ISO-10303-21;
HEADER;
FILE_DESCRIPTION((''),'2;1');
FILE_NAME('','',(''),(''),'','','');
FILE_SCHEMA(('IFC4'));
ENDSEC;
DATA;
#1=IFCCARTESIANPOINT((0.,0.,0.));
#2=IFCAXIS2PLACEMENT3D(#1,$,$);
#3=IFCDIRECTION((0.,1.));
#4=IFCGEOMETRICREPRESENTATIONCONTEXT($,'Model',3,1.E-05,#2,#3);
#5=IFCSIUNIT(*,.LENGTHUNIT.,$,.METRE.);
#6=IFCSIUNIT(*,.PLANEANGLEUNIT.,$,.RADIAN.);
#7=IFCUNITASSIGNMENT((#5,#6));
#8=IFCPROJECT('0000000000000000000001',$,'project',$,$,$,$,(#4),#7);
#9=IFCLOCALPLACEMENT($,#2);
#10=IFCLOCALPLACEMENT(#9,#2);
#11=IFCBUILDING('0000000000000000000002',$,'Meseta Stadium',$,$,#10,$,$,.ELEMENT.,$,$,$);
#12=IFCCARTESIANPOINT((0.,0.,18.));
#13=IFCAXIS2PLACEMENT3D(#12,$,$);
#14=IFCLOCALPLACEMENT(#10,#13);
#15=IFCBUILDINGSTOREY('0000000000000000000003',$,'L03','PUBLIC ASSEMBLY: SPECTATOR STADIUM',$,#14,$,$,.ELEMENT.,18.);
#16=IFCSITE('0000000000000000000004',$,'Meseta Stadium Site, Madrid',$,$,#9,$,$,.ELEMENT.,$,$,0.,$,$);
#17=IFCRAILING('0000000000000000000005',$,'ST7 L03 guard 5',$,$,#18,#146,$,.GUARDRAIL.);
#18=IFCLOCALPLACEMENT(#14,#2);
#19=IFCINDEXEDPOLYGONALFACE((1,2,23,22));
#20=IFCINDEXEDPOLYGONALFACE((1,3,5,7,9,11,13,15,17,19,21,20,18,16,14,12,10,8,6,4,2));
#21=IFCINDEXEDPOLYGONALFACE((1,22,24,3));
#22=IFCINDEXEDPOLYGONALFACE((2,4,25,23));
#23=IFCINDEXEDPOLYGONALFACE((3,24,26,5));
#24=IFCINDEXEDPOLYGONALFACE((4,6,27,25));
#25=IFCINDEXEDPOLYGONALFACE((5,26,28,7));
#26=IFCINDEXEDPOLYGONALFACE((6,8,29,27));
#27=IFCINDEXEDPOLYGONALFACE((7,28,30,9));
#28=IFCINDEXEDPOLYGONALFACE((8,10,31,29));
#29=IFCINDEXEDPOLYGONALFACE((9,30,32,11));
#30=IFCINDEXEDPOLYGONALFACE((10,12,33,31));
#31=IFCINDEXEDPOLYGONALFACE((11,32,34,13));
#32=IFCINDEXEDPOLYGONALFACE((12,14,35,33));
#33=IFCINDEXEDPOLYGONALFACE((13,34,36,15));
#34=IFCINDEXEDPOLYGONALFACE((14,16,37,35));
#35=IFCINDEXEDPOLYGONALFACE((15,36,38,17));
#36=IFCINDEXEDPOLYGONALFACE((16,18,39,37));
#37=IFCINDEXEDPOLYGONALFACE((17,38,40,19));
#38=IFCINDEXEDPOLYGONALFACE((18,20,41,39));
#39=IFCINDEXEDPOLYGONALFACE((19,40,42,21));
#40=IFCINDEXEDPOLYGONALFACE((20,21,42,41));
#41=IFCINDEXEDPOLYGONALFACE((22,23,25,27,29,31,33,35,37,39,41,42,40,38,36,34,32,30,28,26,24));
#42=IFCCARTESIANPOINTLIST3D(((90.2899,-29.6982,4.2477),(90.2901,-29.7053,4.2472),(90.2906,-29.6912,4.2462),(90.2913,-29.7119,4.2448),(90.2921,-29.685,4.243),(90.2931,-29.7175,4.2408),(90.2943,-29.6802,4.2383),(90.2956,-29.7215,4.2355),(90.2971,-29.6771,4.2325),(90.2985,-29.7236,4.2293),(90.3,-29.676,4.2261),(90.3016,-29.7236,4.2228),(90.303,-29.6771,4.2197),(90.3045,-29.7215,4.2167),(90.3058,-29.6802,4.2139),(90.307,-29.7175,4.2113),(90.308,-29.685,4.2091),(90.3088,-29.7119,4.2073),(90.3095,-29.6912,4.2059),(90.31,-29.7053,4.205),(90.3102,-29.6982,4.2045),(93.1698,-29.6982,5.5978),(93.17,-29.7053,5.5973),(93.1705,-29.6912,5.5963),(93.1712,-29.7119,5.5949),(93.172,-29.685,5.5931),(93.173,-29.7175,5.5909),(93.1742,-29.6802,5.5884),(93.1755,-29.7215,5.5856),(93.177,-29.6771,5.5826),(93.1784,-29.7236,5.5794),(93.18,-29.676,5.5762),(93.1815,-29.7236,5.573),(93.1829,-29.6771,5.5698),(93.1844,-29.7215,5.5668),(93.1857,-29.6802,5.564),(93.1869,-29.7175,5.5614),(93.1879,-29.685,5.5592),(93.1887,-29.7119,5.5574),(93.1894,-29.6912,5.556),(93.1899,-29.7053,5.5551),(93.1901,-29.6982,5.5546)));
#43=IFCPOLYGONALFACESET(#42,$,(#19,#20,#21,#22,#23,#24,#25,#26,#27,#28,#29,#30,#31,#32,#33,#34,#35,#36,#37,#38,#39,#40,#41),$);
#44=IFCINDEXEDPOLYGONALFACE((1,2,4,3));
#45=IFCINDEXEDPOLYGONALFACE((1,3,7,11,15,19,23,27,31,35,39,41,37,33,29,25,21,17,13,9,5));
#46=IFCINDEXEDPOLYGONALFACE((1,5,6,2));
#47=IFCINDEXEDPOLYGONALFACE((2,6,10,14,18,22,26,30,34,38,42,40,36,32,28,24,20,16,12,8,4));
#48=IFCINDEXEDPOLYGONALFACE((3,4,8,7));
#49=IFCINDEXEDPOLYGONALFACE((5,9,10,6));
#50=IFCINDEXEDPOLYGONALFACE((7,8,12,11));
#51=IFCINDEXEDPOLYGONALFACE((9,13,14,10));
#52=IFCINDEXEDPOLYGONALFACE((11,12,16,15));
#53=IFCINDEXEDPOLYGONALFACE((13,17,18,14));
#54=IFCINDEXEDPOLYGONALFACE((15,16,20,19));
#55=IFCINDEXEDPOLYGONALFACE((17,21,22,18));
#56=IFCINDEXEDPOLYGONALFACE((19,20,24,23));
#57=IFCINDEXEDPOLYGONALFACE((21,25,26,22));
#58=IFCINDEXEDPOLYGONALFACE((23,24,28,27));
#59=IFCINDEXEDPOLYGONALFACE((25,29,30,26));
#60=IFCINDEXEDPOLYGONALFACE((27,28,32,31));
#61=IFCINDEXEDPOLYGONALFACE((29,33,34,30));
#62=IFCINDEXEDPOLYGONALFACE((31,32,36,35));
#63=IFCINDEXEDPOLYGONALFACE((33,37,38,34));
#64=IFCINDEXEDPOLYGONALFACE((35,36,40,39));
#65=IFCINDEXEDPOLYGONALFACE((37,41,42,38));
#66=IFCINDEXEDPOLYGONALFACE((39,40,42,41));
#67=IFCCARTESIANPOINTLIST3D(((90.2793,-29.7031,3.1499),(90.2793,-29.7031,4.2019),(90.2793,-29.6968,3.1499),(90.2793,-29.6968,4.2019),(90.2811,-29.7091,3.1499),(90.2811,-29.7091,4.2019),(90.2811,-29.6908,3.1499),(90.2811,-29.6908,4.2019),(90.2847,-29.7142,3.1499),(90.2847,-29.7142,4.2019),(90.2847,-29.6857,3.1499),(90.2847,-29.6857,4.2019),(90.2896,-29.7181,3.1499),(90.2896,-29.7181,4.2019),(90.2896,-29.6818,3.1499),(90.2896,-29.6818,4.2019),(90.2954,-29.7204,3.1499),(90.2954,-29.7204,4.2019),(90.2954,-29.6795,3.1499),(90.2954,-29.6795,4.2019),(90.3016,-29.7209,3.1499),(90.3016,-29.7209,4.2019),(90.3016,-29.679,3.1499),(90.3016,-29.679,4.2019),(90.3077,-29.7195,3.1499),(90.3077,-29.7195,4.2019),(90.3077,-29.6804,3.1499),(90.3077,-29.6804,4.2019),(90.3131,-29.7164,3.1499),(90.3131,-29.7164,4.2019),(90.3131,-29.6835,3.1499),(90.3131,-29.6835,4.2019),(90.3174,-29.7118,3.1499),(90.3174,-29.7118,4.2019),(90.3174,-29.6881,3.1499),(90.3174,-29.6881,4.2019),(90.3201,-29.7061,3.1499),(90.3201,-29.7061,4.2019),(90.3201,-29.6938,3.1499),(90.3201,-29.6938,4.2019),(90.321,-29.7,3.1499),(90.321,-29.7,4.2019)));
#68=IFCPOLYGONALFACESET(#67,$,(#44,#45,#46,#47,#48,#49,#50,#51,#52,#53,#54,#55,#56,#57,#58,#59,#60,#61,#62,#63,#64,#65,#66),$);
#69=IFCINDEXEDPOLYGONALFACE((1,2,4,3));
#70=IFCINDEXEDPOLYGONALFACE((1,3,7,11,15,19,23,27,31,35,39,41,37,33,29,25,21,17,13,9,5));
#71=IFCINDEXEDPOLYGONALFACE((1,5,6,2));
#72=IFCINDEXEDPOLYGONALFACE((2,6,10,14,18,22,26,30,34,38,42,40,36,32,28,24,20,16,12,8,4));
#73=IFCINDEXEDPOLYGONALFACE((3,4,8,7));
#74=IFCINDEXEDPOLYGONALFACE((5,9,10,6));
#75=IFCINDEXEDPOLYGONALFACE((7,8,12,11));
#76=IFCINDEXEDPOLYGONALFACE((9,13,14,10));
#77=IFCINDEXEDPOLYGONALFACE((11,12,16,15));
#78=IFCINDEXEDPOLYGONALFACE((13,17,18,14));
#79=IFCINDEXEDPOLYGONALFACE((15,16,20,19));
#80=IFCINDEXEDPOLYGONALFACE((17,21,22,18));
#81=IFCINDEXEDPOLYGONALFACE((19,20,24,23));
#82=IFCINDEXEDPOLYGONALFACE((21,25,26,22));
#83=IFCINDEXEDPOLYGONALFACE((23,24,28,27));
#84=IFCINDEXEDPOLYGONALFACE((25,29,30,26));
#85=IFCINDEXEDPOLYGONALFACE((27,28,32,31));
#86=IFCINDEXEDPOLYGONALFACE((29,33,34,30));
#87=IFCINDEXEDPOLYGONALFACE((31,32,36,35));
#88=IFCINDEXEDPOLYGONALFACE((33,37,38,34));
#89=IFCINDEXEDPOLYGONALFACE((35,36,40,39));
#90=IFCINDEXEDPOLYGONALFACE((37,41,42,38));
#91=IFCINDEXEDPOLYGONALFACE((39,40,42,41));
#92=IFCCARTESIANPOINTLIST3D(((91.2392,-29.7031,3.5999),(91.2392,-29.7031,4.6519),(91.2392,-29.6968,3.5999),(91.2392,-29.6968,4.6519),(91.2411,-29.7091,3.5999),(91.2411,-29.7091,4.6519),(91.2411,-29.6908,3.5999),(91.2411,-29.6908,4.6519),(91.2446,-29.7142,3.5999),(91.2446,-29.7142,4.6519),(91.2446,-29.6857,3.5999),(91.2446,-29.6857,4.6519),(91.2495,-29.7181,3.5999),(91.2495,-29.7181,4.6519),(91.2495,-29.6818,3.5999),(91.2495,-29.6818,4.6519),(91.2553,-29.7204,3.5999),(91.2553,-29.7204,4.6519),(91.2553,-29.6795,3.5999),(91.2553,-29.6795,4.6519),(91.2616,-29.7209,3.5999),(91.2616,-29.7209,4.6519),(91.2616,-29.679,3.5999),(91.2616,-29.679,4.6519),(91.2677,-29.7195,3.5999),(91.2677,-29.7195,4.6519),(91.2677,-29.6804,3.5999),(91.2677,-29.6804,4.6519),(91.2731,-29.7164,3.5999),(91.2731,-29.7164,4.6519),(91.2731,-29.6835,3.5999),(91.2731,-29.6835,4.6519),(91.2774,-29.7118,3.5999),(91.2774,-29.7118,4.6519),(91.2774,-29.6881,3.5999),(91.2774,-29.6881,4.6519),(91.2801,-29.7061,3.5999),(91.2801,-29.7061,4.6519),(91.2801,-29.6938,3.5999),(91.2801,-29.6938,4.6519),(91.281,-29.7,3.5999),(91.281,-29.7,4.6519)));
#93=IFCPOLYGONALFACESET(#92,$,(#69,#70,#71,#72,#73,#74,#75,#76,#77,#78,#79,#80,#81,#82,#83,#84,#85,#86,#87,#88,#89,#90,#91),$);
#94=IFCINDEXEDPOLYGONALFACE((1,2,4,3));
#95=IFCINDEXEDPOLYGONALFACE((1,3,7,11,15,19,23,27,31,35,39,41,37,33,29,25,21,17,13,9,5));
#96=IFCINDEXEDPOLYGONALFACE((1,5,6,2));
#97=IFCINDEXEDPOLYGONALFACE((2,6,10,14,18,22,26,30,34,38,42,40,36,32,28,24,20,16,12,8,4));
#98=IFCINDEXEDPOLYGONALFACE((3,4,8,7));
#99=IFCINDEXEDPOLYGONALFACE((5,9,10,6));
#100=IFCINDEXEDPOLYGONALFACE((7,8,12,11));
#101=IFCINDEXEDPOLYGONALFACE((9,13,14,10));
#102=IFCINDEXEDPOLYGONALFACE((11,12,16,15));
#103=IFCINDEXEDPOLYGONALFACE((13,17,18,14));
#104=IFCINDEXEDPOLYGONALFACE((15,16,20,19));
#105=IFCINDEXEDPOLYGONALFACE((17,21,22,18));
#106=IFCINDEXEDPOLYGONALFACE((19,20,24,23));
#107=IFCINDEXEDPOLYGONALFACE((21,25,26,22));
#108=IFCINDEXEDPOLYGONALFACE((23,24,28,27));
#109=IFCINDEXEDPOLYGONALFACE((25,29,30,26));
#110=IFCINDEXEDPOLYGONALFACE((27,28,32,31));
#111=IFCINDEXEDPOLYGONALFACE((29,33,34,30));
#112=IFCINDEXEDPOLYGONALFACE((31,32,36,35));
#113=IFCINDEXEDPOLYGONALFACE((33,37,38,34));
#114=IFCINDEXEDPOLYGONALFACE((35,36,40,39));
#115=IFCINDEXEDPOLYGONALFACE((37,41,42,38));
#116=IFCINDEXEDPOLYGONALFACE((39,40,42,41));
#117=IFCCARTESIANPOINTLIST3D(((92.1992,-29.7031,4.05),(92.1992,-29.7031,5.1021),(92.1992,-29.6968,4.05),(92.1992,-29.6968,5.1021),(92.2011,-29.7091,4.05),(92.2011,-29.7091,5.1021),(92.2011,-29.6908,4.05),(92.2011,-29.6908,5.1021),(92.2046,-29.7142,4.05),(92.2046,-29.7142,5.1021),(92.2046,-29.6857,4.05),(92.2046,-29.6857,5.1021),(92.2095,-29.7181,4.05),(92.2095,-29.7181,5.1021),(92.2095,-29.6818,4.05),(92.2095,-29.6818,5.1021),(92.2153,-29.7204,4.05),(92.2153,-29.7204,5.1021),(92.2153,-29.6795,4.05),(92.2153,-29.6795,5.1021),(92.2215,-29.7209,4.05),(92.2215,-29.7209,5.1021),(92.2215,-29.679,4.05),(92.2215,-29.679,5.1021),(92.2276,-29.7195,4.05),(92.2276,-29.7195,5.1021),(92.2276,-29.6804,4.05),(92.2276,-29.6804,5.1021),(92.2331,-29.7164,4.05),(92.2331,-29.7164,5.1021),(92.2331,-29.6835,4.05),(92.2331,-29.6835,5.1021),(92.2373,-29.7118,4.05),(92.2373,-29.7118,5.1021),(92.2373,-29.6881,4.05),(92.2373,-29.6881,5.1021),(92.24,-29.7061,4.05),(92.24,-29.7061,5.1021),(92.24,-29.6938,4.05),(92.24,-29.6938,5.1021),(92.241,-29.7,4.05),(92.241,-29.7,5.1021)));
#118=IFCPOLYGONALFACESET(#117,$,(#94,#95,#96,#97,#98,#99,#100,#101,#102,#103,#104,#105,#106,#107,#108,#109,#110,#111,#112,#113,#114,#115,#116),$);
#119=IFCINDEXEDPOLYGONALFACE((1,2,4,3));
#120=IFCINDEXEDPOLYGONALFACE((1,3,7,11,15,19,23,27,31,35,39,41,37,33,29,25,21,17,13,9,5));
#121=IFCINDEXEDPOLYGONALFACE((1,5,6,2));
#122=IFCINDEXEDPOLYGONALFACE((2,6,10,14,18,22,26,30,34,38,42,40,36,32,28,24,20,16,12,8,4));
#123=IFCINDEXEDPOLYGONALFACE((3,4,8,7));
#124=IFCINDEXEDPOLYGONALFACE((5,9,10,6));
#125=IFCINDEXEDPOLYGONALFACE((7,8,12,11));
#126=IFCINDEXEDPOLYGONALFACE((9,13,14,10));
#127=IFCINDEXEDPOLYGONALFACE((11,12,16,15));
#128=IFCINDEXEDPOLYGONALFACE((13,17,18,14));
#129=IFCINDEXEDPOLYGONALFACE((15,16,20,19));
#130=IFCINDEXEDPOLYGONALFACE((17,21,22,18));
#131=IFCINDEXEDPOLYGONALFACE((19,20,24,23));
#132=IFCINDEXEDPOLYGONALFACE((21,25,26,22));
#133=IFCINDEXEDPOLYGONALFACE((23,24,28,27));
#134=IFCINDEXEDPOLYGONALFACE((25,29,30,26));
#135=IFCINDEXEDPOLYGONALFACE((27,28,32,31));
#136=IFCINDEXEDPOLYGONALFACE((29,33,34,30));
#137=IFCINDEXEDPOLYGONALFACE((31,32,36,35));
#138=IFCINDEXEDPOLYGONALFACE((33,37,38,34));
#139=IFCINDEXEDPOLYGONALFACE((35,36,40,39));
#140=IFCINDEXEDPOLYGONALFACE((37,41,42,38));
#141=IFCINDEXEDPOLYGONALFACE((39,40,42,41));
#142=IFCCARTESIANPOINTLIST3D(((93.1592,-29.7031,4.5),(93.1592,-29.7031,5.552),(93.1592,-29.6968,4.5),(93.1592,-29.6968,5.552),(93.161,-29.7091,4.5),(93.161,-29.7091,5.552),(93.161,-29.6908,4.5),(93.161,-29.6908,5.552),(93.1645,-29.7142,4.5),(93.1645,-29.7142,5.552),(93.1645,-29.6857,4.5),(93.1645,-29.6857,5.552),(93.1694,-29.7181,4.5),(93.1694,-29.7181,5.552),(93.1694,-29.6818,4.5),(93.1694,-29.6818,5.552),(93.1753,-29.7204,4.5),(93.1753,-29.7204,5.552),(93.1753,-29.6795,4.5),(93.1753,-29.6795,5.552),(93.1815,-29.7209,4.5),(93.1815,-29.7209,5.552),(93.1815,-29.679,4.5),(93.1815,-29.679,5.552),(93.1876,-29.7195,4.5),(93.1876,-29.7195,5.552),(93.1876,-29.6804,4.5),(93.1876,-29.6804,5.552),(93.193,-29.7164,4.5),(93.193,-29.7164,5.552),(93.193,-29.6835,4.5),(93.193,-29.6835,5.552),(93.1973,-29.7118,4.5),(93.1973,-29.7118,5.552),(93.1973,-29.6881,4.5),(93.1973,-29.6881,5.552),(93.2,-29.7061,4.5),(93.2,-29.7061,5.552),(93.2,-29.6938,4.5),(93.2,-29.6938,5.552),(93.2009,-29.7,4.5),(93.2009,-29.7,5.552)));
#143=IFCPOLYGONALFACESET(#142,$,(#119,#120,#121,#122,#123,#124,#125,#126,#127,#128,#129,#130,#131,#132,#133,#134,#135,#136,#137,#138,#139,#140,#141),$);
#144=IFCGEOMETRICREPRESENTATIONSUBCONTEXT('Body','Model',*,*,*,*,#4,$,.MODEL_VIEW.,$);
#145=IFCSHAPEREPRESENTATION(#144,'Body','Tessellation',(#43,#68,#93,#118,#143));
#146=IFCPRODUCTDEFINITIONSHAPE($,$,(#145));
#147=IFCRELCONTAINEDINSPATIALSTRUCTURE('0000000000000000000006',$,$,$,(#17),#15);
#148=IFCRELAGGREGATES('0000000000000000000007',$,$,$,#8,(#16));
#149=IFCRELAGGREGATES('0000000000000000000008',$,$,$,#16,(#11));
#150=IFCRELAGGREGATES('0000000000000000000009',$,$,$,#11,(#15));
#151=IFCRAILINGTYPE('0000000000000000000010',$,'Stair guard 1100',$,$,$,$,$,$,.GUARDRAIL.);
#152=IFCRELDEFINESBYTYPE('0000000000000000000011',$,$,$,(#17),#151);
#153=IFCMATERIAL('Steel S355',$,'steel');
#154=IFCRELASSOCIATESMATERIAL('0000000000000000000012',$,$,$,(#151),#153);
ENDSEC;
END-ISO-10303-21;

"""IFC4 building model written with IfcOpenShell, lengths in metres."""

from ifc_helpers import new_model, si_unit, direction, frame, origin, origin_2d, place, context, subcontext, project, spatial, circle, extrude, material, type_object, element, save


model = new_model("IFC4")

# Units and contexts
model_context = context("Model", 3, precision=1e-05, world=origin(), true_north=direction((0.0, 1.0)))
body_context = subcontext(model_context, "Body", "Model", "MODEL_VIEW")
ifc_project = project(units=[si_unit("LENGTHUNIT", "METRE"), si_unit("PLANEANGLEUNIT", "RADIAN")], contexts=[model_context])

# Site, building, storey
site_placement = place(None, origin())
site = spatial("IfcSite", under=ifc_project, at=site_placement, Name="Meseta Stadium Site, Madrid", CompositionType="ELEMENT", RefElevation=0.0)
building_placement = place(site_placement, origin())
building = spatial("IfcBuilding", under=site, at=building_placement, Name="Meseta Stadium", CompositionType="ELEMENT")
storey_placement = place(building_placement, frame((0.0, 0.0, 18.0)))
storey = spatial("IfcBuildingStorey", under=building, at=storey_placement, Name="L03", Description="PUBLIC ASSEMBLY: SPECTATOR STADIUM", CompositionType="ELEMENT", Elevation=18.0)

# Railing
ifc_material_1 = material(Name="Steel S355", Category="steel")
railing_type_1 = type_object("IfcRailingType", Name="Stair guard 1100", PredefinedType="GUARDRAIL", material=ifc_material_1)
railing_1_placement = place(storey_placement, frame((90.3, -29.7, 3.1499)))
element("IfcRailing", 1, at=railing_1_placement, inside=storey, type_object=railing_type_1, Name="ST7 L03 guard 5", PredefinedType="GUARDRAIL", context=body_context, shape_type="SweptSolid", body=[
    extrude(circle(Radius=0.0239, at=origin_2d()), frame((0.0, 0.0, 1.0762), z_axis=(0.90544, 0.0, 0.424473), x_axis=(0.0, 1.0, 0.0)), (0.0, 0.0, 1.0), 3.1807),
    extrude(circle(Radius=0.021, at=origin_2d()), origin(), (0.0, 0.0, 1.0), 1.052),
    extrude(circle(Radius=0.021, at=origin_2d()), frame((0.96, 0.0, 0.45)), (0.0, 0.0, 1.0), 1.052),
    extrude(circle(Radius=0.021, at=origin_2d()), frame((1.9199, 0.0, 0.9001)), (0.0, 0.0, 1.0), 1.052),
    extrude(circle(Radius=0.021, at=origin_2d()), frame((2.8799, 0.0, 1.3501)), (0.0, 0.0, 1.0), 1.052),
])

save(model, "model.ifc")
